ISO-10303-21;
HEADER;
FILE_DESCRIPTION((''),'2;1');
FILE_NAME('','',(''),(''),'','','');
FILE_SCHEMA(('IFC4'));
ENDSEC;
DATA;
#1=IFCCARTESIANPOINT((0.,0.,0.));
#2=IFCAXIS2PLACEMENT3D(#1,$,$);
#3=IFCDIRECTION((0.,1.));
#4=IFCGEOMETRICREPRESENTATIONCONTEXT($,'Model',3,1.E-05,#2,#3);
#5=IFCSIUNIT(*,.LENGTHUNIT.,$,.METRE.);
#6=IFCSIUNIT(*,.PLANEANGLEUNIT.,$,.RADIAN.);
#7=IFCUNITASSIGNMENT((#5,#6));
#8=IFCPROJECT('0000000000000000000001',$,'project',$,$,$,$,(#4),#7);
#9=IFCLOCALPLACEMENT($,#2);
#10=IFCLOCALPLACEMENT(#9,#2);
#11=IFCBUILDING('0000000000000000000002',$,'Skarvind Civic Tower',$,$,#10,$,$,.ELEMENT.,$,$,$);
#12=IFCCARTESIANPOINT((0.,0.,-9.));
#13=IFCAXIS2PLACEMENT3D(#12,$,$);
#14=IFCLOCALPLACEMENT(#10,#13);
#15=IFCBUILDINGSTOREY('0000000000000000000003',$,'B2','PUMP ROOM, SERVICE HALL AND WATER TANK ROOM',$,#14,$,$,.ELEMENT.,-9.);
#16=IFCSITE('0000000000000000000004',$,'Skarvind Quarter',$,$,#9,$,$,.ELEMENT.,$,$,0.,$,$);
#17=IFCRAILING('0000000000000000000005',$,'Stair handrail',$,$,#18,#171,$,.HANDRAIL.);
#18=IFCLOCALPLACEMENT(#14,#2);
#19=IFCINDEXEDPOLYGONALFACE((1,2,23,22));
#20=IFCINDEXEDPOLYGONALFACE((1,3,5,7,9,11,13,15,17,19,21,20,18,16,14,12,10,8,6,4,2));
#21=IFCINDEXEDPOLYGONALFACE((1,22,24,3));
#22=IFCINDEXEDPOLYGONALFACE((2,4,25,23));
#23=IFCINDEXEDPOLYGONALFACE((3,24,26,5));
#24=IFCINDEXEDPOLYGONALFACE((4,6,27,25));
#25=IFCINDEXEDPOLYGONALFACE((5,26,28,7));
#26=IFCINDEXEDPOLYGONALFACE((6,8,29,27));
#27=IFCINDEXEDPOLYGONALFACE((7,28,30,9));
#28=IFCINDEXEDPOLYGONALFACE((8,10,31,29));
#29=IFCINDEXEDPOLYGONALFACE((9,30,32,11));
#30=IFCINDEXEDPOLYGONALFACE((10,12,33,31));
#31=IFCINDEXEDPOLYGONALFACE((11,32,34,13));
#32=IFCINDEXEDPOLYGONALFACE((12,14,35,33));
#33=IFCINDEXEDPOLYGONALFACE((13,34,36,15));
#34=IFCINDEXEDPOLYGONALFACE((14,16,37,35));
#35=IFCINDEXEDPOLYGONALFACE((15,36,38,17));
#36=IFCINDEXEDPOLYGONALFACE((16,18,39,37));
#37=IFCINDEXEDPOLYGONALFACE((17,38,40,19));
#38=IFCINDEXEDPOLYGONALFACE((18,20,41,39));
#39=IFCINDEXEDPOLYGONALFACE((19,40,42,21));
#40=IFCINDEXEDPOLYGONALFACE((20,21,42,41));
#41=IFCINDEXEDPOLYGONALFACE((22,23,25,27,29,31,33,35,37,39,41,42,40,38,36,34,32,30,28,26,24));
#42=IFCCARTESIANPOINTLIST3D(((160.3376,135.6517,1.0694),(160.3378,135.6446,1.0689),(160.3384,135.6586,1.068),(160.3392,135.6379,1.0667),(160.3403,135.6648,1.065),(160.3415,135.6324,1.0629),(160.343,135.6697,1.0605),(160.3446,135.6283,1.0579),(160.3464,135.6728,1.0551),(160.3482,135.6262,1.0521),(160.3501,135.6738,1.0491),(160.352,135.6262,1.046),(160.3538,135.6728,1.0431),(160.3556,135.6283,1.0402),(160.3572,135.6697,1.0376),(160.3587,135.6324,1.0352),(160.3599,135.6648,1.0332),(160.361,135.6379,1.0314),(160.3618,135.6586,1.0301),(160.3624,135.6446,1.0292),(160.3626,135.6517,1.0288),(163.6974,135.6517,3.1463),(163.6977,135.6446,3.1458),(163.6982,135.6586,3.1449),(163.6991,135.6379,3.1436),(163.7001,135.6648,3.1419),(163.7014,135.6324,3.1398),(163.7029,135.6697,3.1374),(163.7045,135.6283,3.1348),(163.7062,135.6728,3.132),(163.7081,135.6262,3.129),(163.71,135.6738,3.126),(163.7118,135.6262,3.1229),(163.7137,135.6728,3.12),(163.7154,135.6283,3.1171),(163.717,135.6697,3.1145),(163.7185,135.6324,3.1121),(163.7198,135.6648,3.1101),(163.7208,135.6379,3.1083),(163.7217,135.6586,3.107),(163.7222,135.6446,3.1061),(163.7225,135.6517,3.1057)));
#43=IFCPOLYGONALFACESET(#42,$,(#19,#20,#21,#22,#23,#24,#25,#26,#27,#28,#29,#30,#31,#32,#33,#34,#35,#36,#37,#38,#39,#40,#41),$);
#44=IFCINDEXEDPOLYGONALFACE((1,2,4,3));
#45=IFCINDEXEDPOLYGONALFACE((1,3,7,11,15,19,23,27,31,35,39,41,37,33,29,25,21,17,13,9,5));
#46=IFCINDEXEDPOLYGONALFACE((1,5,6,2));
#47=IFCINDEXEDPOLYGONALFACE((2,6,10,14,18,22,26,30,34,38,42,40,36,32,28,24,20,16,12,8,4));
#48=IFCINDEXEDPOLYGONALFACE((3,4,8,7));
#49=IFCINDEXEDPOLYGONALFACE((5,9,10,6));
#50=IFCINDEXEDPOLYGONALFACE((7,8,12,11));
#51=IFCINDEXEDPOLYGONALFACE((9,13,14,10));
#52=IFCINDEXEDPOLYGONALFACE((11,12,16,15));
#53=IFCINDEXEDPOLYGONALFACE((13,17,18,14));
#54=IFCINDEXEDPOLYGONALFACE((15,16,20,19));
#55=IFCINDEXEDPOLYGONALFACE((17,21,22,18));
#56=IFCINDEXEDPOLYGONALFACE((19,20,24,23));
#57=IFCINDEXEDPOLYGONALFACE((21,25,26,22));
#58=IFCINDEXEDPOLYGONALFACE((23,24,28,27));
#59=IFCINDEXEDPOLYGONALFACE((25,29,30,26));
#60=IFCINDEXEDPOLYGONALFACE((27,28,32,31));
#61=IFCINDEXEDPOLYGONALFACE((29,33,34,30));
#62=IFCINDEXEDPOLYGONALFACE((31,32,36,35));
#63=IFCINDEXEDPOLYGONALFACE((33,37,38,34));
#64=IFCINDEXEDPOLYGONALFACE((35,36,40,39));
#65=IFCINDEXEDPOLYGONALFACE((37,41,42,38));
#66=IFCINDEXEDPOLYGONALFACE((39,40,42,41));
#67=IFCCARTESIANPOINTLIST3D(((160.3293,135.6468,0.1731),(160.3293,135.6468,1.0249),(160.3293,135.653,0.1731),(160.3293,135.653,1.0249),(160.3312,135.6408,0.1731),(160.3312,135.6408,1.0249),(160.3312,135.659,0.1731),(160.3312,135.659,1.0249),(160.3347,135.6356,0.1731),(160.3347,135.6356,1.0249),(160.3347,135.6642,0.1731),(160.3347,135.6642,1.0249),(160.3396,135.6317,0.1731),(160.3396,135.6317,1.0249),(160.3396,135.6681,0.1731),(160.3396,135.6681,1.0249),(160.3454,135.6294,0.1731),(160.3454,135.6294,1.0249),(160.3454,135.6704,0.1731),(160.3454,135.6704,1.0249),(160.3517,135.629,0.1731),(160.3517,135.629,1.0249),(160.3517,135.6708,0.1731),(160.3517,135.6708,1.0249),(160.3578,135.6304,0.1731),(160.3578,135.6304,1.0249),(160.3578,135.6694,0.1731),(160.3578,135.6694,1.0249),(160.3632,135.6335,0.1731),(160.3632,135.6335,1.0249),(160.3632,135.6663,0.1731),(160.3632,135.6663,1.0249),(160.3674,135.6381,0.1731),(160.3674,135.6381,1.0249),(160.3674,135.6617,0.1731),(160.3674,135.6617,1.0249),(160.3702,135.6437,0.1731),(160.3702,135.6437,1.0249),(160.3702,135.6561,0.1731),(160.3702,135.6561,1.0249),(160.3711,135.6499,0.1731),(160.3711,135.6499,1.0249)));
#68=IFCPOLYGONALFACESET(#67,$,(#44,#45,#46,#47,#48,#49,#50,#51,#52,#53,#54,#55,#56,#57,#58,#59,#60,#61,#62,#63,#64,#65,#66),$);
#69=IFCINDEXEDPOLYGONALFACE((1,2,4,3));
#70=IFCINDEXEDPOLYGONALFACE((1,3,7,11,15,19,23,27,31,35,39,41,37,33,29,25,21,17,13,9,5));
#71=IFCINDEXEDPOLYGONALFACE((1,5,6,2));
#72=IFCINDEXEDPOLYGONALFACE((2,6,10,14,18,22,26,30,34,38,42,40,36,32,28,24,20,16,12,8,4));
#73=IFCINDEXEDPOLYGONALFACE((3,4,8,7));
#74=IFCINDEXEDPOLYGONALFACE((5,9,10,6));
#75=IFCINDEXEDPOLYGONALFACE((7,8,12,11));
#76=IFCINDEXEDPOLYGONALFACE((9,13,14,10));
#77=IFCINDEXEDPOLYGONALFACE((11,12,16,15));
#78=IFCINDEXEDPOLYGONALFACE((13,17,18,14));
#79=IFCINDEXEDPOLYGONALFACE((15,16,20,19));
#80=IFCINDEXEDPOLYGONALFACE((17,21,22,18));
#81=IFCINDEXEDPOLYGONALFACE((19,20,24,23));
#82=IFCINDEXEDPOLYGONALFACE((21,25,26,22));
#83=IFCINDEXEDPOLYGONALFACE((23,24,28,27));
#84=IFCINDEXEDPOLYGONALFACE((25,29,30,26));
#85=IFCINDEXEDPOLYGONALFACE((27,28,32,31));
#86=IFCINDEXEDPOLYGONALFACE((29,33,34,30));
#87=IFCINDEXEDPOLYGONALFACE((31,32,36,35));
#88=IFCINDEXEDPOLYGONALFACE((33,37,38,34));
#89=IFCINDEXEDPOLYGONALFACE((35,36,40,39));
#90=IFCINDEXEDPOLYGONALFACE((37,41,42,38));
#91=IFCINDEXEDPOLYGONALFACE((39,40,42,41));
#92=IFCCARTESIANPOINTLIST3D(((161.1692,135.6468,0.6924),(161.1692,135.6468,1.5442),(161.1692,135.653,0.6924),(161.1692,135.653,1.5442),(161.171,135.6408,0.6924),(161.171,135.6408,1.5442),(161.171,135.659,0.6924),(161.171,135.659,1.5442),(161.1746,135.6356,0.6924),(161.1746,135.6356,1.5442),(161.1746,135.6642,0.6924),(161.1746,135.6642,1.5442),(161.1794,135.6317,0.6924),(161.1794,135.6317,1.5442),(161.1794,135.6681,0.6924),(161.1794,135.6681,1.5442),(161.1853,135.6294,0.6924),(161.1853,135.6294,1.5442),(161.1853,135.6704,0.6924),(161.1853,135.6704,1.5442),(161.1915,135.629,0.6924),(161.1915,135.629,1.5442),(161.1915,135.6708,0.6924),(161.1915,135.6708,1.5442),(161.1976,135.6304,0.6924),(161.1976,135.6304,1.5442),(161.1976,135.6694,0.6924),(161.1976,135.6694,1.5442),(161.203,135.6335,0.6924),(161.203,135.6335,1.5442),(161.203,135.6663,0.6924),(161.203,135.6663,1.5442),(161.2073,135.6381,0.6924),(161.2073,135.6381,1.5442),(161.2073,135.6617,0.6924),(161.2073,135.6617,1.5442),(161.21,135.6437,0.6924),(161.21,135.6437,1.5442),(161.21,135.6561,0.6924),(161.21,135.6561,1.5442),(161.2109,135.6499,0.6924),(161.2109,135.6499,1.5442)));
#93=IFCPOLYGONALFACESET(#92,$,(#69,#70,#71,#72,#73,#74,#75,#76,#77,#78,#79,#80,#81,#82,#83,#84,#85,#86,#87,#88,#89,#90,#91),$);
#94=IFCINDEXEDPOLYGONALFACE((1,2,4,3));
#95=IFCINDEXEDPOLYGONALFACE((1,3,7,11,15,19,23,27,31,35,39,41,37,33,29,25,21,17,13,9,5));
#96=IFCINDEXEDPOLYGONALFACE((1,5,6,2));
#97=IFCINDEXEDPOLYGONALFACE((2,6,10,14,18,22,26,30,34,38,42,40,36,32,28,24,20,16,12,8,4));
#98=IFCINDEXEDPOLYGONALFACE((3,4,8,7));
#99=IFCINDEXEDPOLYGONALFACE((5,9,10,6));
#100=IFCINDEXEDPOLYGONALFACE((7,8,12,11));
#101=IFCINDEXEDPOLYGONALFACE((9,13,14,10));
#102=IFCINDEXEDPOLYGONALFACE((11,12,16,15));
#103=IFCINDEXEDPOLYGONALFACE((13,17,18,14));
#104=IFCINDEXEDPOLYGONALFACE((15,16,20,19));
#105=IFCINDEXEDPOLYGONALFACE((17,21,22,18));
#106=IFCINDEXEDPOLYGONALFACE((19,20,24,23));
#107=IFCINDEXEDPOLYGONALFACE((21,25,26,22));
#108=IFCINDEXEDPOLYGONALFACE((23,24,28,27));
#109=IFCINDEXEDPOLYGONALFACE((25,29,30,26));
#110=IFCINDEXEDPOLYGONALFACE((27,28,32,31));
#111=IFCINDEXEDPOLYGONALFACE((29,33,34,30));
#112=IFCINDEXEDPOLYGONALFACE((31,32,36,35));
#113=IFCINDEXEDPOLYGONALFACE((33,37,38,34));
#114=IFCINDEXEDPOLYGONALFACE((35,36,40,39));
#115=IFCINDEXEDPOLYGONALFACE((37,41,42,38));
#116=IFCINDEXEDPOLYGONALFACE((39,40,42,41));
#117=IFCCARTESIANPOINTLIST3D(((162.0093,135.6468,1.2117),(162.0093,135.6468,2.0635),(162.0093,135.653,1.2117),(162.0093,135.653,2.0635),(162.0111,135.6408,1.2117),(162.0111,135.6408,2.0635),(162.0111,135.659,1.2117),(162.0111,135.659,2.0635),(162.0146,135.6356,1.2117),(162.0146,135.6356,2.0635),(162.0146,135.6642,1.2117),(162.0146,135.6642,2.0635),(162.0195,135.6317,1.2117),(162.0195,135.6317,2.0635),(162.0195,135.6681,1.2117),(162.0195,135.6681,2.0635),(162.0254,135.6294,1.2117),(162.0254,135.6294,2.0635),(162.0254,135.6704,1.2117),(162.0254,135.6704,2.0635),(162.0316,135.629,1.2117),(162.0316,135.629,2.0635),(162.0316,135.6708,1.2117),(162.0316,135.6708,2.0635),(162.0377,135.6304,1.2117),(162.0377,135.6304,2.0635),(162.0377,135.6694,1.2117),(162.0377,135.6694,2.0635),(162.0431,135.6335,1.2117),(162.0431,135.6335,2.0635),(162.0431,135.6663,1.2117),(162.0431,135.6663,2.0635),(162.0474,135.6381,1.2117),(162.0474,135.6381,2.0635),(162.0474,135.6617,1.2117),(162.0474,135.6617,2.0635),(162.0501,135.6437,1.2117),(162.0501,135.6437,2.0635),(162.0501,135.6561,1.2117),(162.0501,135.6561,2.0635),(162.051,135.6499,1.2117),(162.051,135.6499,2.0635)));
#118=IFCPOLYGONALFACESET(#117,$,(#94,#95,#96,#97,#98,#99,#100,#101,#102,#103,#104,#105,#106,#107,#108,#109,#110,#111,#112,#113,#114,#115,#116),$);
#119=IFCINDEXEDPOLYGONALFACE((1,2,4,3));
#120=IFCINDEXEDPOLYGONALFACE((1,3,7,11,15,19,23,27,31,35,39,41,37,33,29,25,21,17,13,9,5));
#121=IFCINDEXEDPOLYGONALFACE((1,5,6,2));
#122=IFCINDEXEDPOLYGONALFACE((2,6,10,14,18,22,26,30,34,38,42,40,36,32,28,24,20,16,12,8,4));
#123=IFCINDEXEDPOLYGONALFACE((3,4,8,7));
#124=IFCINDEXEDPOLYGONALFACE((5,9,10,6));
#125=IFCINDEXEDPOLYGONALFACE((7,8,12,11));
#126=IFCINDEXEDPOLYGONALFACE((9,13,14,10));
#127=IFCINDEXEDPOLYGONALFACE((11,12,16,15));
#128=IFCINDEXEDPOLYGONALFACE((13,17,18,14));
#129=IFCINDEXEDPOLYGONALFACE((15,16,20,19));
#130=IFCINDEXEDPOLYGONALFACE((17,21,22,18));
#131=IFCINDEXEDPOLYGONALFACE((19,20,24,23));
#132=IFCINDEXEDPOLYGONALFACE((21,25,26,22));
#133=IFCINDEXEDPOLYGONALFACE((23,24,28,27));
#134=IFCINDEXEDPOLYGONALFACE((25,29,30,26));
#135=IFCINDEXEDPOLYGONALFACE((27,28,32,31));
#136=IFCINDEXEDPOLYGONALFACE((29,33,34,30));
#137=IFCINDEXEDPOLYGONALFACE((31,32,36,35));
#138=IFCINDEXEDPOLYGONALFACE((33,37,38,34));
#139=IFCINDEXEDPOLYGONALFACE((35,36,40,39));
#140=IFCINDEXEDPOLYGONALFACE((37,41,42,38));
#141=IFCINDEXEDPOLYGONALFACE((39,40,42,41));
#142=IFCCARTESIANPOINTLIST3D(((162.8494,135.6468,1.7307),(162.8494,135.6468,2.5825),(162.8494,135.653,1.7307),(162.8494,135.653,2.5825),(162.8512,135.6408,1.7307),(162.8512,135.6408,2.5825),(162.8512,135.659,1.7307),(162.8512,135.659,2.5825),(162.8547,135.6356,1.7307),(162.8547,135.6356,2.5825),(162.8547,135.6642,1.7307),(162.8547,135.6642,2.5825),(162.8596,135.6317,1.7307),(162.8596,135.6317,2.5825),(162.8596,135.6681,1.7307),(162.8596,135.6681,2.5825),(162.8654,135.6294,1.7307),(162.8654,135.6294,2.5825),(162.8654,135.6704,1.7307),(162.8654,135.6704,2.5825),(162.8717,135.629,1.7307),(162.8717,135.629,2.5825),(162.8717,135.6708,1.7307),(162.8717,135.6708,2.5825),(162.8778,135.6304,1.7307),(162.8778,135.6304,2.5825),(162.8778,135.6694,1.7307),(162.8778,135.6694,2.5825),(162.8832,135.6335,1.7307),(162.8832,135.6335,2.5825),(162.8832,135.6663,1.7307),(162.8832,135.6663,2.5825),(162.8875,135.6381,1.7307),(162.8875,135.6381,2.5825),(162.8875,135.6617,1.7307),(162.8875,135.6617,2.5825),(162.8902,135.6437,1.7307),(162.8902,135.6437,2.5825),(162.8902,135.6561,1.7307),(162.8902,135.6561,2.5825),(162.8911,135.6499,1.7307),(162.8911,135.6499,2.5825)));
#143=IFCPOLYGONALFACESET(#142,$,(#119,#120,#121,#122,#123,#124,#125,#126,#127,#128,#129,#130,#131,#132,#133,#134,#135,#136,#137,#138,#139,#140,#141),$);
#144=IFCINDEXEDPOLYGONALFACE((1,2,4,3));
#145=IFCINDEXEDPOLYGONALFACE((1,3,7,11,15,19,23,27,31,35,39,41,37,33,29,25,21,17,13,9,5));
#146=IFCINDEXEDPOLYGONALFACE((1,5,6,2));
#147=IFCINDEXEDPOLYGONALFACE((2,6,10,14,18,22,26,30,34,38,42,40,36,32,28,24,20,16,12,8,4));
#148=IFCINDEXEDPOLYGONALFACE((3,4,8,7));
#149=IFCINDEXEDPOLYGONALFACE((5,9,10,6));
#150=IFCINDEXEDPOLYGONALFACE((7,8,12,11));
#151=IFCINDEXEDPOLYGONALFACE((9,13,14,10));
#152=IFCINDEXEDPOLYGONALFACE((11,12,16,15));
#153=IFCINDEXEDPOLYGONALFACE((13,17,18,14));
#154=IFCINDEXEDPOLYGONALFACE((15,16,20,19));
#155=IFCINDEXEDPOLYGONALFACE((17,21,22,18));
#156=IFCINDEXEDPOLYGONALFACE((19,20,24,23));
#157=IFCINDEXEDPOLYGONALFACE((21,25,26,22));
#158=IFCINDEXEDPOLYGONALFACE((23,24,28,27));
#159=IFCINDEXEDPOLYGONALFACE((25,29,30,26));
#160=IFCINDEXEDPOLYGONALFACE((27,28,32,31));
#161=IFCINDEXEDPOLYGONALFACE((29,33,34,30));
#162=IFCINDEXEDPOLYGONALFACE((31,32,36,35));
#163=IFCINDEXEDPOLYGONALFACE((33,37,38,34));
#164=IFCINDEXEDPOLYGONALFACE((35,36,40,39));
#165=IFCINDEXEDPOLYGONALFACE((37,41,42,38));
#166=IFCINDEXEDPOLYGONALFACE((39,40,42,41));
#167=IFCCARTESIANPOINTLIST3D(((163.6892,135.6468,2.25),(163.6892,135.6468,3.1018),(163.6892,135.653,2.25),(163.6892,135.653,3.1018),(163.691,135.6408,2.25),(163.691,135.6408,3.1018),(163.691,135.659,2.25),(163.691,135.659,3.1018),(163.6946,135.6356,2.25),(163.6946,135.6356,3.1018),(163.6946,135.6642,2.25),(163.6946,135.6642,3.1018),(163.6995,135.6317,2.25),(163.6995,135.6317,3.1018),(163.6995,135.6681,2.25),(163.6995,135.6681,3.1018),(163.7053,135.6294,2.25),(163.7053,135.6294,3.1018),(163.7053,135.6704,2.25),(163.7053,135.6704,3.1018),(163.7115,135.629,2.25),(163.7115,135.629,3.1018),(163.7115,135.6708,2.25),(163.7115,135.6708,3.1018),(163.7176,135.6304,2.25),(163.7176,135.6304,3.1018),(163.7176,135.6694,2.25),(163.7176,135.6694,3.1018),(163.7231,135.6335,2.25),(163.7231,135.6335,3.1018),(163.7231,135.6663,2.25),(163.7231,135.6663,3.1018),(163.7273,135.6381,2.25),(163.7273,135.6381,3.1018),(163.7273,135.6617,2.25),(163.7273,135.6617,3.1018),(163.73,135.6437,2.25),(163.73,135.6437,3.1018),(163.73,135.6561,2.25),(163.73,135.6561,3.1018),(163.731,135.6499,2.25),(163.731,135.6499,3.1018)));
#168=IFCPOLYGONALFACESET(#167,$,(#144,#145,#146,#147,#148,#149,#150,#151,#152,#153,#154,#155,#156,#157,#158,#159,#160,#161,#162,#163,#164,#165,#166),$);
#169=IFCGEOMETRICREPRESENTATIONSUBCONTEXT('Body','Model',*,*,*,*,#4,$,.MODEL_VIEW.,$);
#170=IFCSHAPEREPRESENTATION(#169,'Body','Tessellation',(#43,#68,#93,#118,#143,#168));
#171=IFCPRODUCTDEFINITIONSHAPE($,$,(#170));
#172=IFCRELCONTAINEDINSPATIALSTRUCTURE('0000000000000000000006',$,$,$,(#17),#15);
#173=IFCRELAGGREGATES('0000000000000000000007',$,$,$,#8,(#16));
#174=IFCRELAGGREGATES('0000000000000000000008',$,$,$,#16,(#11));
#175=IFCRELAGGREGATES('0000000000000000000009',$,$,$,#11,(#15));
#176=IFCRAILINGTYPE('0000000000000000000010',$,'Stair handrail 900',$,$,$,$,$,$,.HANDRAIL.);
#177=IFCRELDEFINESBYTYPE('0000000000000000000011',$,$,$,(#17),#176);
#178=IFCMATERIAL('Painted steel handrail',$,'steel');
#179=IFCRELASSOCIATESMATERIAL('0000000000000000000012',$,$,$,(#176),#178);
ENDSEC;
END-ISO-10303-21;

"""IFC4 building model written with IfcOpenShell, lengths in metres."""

from ifc_helpers import new_model, si_unit, direction, frame, origin, origin_2d, place, context, subcontext, project, spatial, circle, extrude, material, type_object, element, save


model = new_model("IFC4")

# Units and contexts
model_context = context("Model", 3, precision=1e-05, world=origin(), true_north=direction((0.0, 1.0)))
body_context = subcontext(model_context, "Body", "Model", "MODEL_VIEW")
ifc_project = project(units=[si_unit("LENGTHUNIT", "METRE"), si_unit("PLANEANGLEUNIT", "RADIAN")], contexts=[model_context])

# Site, building, storey
site_placement = place(None, origin())
site = spatial("IfcSite", under=ifc_project, at=site_placement, Name="Skarvind Quarter", CompositionType="ELEMENT", RefElevation=0.0)
building_placement = place(site_placement, origin())
building = spatial("IfcBuilding", under=site, at=building_placement, Name="Skarvind Civic Tower", CompositionType="ELEMENT")
storey_placement = place(building_placement, frame((0.0, 0.0, -9.0)))
storey = spatial("IfcBuildingStorey", under=building, at=storey_placement, Name="B2", Description="PUMP ROOM, SERVICE HALL AND WATER TANK ROOM", CompositionType="ELEMENT", Elevation=-9.0)

# Railing
ifc_material_1 = material(Name="Painted steel handrail", Category="steel")
railing_type = type_object("IfcRailingType", Name="Stair handrail 900", PredefinedType="HANDRAIL", material=ifc_material_1)
railing_placement = place(storey_placement, frame((160.3501, 135.6499, 0.1731)))
element("IfcRailing", 1, at=railing_placement, inside=storey, type_object=railing_type, Name="Stair handrail", PredefinedType="HANDRAIL", context=body_context, shape_type="SweptSolid", body=[
    extrude(circle(Radius=0.0239, at=origin_2d()), frame((0.0, 0.0, 0.876), z_axis=(0.850606, 0.0, 0.525803), x_axis=(0.0, 1.0, 0.0)), (0.0, 0.0, 1.0), 3.95),
    extrude(circle(Radius=0.021, at=origin_2d()), origin(), (0.0, 0.0, 1.0), 0.8518),
    extrude(circle(Radius=0.021, at=origin_2d()), frame((0.8398, 0.0, 0.5193)), (0.0, 0.0, 1.0), 0.8518),
    extrude(circle(Radius=0.021, at=origin_2d()), frame((1.6799, 0.0, 1.0386)), (0.0, 0.0, 1.0), 0.8518),
    extrude(circle(Radius=0.021, at=origin_2d()), frame((2.52, 0.0, 1.5576)), (0.0, 0.0, 1.0), 0.8518),
    extrude(circle(Radius=0.021, at=origin_2d()), frame((3.3599, 0.0, 2.0769)), (0.0, 0.0, 1.0), 0.8518),
])

save(model, "model.ifc")
